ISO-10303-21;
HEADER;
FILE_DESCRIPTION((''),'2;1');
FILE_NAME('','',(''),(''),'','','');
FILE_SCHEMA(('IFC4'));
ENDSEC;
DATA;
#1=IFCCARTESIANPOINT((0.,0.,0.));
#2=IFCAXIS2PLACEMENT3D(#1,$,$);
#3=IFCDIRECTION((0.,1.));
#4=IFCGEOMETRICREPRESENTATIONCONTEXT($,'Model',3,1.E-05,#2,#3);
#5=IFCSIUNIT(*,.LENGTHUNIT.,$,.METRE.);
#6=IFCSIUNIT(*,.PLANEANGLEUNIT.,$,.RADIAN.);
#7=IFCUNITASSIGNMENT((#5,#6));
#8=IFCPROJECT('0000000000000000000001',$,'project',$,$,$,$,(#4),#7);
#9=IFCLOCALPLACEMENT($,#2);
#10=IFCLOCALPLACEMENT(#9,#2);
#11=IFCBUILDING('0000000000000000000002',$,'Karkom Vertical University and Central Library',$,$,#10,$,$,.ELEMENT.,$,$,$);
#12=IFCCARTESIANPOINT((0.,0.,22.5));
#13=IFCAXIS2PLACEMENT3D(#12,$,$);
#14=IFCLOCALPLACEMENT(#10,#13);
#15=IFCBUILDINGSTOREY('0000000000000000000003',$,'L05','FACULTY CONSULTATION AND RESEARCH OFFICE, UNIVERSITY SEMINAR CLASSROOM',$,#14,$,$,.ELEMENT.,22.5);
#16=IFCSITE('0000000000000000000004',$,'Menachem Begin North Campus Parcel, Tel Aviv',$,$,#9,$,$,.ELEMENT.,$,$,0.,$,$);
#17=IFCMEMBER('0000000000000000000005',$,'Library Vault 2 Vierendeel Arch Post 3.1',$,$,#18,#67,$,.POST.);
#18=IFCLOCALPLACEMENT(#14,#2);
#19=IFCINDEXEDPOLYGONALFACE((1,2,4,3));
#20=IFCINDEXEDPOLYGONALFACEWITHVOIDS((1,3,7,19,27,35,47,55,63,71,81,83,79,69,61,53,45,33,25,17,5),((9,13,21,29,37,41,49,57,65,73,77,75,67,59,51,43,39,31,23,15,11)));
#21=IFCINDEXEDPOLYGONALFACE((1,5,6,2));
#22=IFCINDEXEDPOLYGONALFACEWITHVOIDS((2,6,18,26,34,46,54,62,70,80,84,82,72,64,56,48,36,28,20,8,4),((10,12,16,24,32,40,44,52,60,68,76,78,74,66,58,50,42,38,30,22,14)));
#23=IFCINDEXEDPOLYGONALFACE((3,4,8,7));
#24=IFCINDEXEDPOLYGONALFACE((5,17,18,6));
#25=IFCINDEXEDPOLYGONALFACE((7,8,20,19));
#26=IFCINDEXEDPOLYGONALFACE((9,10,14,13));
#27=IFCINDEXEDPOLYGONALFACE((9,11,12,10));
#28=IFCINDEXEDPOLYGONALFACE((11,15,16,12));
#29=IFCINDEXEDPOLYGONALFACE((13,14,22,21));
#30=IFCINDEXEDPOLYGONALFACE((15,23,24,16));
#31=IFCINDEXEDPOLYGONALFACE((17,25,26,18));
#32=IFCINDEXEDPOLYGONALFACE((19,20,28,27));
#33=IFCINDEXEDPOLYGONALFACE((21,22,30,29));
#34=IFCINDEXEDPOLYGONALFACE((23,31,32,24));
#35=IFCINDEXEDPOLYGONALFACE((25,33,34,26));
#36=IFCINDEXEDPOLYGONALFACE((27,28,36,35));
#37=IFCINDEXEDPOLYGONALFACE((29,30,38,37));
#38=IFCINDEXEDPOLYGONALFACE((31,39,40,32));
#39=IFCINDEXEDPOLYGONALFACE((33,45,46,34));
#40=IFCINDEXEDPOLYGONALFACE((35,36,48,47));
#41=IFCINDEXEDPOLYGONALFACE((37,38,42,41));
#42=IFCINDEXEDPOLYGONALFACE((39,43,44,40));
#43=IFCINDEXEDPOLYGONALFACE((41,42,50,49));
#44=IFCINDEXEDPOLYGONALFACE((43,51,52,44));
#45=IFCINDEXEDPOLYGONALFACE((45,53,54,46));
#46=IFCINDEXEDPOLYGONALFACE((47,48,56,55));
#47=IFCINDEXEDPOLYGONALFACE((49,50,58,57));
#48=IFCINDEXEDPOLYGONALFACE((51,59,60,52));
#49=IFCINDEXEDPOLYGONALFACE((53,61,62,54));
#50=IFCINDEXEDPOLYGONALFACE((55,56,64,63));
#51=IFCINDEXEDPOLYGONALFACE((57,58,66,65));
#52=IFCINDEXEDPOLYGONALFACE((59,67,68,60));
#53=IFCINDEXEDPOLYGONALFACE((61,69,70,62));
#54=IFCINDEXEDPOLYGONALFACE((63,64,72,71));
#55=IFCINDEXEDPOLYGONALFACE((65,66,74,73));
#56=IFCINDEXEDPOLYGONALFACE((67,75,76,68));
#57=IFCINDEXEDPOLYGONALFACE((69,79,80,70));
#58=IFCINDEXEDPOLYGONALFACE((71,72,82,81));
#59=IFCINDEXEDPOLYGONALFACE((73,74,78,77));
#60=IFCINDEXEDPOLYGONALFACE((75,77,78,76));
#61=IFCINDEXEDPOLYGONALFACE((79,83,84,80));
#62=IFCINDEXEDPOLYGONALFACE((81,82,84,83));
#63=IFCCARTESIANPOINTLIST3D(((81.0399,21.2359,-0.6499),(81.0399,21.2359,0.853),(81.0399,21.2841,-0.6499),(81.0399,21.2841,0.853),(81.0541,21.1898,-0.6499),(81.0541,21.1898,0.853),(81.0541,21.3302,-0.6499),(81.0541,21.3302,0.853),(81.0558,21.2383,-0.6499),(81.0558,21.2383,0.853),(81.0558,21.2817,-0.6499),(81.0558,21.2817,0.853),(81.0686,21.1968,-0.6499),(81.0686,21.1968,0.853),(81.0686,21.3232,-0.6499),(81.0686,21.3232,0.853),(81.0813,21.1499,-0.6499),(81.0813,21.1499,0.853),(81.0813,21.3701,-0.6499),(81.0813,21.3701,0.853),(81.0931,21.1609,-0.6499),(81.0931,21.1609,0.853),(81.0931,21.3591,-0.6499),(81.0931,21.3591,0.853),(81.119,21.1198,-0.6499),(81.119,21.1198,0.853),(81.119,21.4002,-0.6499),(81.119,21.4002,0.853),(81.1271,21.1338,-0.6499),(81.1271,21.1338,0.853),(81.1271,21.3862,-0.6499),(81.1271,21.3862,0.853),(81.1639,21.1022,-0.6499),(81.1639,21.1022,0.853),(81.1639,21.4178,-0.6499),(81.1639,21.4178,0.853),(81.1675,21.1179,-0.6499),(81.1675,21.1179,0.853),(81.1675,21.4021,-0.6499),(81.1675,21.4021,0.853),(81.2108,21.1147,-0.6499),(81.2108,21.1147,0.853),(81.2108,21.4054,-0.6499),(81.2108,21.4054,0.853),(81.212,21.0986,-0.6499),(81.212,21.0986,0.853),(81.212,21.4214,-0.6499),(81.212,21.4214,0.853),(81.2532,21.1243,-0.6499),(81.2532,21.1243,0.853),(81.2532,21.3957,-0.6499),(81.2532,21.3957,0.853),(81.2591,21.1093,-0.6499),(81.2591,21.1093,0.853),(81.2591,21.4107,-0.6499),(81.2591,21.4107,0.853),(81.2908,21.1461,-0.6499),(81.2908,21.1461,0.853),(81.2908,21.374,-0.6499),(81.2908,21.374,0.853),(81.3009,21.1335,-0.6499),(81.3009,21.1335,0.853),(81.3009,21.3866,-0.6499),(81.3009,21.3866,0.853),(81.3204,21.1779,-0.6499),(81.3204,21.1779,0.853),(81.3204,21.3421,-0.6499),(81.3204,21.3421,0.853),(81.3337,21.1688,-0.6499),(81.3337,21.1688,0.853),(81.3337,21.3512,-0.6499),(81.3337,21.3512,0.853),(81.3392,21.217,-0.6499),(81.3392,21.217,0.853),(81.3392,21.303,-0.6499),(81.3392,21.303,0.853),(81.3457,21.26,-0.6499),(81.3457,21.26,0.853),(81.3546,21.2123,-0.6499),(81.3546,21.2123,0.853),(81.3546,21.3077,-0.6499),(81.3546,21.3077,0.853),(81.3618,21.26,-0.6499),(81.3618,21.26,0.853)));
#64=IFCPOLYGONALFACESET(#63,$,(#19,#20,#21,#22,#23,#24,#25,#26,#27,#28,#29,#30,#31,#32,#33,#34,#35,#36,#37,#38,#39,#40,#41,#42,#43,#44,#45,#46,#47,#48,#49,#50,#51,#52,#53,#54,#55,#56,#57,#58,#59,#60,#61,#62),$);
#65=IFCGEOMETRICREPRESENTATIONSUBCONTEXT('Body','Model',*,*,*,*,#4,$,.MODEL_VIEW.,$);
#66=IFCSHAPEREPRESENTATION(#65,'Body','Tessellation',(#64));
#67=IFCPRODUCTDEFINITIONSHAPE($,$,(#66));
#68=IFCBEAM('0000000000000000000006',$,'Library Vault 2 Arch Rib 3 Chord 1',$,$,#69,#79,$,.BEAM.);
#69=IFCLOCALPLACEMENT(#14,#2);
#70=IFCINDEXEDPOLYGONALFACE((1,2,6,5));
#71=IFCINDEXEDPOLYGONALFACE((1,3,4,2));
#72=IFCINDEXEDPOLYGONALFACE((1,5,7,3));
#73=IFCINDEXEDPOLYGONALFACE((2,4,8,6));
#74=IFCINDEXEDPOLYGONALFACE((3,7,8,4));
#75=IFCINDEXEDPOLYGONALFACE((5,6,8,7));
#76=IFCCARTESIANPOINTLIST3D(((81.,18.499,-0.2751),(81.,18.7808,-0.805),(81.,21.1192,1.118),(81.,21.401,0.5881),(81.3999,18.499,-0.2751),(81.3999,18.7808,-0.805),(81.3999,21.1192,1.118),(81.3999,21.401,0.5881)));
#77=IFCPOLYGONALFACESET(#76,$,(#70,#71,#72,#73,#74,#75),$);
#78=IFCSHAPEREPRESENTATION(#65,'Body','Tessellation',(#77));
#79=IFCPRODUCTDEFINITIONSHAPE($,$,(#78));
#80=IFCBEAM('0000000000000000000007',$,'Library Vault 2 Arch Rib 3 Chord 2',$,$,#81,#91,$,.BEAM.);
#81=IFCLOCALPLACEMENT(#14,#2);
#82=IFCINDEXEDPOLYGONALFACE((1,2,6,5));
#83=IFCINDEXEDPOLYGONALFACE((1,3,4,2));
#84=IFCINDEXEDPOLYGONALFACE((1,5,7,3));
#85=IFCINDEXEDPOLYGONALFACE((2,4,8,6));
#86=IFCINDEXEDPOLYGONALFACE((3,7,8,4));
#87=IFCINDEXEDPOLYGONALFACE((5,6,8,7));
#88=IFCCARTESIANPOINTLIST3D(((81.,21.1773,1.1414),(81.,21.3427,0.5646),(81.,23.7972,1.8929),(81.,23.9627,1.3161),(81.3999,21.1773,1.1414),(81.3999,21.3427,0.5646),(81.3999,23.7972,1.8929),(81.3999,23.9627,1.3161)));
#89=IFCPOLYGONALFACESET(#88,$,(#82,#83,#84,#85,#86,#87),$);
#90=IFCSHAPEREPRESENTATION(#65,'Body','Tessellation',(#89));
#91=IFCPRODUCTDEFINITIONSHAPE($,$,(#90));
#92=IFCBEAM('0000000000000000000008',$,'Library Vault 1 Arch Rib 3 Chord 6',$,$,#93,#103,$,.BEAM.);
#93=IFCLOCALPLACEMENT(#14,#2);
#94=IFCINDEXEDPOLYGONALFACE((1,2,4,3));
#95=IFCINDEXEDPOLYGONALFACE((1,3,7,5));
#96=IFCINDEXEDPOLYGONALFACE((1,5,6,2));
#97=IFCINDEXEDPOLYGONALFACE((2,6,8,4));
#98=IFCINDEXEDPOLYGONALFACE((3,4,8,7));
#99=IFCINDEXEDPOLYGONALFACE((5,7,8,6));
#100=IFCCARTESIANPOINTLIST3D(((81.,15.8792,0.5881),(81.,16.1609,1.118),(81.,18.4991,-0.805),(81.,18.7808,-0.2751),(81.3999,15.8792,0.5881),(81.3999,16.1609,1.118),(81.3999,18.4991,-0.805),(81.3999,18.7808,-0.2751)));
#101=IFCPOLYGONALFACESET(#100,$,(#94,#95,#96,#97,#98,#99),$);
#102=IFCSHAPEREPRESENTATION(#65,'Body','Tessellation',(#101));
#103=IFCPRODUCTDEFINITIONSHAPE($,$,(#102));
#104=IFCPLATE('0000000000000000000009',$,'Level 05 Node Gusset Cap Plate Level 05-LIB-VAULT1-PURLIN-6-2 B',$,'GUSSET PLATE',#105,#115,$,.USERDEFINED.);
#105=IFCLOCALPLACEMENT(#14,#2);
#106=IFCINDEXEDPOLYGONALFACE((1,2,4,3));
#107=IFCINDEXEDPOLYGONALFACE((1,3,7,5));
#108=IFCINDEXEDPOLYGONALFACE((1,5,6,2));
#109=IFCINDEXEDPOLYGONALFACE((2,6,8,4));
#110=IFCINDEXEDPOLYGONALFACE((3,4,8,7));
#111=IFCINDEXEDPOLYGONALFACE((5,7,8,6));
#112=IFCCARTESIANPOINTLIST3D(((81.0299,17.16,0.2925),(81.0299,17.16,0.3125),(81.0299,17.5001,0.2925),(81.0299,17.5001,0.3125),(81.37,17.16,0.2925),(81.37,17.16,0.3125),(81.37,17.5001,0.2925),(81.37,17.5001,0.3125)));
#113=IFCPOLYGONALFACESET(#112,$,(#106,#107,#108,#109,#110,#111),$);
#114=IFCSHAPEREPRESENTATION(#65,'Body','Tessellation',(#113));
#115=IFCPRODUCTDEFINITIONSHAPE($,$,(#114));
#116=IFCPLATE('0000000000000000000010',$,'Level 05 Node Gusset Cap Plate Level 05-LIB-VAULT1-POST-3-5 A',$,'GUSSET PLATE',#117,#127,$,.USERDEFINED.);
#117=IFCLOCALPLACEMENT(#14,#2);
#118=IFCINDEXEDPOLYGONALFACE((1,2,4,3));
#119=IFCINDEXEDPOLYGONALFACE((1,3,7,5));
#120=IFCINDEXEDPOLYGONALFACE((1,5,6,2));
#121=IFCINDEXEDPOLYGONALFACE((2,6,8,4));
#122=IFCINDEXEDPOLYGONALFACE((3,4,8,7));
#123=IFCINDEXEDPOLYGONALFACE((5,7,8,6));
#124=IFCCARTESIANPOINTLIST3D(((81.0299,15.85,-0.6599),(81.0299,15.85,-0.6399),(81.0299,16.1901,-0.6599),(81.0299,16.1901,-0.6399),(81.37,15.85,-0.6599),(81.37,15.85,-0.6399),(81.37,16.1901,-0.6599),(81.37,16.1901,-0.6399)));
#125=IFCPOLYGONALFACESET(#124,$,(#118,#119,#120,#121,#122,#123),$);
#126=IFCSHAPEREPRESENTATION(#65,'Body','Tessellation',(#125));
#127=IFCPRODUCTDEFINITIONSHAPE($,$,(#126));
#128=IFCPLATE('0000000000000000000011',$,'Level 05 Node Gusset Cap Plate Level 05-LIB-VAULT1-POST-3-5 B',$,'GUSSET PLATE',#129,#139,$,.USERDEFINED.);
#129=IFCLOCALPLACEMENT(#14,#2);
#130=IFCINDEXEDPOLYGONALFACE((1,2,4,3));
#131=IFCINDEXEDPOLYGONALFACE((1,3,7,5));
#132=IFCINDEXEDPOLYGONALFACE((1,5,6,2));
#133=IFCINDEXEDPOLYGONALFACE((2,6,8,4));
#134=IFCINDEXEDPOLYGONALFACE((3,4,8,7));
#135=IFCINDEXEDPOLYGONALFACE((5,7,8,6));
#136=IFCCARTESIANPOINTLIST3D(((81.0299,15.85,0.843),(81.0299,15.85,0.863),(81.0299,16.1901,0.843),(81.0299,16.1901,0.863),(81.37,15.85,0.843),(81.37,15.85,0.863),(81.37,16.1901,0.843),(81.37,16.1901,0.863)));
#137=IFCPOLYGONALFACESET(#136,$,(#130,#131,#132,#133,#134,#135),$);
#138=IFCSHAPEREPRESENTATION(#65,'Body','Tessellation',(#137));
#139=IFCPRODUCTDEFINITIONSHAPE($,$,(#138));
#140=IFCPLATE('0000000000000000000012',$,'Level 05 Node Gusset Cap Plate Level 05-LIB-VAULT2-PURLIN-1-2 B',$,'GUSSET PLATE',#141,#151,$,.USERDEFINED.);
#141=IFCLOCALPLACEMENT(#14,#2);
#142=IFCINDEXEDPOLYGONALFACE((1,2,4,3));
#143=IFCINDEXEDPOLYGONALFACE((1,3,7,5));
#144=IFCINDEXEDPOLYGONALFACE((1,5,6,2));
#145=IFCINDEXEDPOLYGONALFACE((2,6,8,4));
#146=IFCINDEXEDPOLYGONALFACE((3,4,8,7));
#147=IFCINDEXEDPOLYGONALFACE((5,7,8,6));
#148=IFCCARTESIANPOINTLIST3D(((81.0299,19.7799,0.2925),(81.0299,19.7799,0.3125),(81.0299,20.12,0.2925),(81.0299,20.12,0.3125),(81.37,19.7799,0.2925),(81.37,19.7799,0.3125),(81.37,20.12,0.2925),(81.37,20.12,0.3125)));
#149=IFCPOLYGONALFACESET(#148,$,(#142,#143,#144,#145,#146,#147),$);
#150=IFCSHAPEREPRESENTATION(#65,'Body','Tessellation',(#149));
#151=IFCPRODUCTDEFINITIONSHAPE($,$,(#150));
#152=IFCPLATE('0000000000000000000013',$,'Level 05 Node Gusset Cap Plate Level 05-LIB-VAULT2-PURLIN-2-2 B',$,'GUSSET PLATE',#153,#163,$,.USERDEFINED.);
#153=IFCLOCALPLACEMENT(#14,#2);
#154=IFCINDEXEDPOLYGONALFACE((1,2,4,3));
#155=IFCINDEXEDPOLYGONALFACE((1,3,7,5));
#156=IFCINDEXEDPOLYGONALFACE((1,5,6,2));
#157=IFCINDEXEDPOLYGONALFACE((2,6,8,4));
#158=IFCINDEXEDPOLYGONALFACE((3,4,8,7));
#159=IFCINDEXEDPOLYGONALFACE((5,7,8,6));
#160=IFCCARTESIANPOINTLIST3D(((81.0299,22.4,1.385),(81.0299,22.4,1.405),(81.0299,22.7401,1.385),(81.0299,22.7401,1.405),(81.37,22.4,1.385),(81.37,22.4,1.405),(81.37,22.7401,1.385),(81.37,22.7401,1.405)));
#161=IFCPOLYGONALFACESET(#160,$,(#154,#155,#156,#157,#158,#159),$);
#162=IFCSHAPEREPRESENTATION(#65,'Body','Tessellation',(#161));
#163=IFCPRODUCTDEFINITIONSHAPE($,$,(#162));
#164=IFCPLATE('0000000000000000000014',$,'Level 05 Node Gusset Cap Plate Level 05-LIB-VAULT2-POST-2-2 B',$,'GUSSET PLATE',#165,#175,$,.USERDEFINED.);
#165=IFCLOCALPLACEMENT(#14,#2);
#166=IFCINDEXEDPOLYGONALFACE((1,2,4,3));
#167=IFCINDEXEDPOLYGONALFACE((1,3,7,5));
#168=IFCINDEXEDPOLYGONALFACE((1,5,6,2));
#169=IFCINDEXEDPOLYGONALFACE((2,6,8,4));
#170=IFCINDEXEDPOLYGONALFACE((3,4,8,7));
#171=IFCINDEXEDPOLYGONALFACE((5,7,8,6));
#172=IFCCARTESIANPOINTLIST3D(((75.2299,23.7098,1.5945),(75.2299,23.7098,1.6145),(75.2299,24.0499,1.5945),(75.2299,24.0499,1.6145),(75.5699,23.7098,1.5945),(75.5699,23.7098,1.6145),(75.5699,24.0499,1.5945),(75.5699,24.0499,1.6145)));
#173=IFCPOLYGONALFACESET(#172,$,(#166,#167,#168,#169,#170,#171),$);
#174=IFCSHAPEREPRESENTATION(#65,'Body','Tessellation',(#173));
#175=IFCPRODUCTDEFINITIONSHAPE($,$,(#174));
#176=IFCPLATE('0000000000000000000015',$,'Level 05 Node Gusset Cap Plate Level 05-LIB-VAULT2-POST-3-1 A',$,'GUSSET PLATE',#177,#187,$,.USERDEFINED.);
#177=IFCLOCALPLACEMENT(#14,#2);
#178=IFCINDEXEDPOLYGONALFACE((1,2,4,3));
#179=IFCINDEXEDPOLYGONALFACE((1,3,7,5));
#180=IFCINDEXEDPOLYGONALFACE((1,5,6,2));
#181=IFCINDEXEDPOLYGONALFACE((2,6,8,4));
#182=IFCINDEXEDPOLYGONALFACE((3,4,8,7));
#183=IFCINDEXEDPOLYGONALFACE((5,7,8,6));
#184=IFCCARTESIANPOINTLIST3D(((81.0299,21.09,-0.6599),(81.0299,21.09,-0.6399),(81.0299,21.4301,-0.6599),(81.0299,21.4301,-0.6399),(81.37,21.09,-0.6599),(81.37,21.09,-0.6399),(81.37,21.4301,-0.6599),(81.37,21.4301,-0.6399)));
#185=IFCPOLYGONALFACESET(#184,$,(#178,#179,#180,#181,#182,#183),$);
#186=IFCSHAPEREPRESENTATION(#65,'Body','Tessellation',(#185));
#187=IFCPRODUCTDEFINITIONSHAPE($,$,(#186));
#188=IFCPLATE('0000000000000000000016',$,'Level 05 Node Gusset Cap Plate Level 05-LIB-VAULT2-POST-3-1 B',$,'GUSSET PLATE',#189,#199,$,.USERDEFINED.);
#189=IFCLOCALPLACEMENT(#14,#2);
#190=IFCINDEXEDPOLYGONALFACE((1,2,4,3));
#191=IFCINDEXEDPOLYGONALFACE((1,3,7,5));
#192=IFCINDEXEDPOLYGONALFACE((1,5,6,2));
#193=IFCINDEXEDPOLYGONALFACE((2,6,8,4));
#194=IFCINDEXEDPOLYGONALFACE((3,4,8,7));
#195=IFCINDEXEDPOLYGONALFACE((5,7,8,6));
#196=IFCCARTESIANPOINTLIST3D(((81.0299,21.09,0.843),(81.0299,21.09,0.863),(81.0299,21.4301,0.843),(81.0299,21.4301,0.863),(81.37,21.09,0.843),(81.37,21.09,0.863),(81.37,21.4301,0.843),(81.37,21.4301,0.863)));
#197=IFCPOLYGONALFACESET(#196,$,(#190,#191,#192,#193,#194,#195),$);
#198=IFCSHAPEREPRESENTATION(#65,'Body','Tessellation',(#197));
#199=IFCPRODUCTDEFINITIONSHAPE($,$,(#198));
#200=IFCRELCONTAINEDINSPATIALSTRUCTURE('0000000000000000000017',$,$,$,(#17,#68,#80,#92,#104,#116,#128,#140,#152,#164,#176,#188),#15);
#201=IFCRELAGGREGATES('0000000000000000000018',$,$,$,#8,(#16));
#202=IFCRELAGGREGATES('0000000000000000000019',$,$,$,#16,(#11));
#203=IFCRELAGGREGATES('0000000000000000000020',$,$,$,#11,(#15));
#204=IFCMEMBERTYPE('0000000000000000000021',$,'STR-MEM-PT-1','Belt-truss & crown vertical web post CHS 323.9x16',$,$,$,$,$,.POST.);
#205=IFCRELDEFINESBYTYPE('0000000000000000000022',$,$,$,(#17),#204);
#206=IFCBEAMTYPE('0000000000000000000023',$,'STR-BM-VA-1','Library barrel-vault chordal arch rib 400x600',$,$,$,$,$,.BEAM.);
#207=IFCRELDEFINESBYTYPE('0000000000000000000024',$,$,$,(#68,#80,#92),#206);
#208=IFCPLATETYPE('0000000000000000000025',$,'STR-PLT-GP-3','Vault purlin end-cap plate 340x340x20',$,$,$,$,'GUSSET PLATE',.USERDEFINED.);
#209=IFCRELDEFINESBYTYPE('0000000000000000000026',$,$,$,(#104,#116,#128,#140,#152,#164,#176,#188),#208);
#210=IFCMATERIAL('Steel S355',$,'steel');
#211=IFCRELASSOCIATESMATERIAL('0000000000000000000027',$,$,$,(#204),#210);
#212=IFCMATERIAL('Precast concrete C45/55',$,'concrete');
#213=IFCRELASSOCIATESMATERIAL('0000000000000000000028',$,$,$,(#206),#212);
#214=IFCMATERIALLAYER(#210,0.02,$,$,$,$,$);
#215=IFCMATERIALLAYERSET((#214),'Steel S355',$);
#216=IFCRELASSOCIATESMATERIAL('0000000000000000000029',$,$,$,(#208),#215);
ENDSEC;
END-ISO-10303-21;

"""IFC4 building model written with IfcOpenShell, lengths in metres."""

from ifc_helpers import new_model, si_unit, direction, frame, origin, origin_with_axes, origin_2d, place, context, subcontext, project, spatial, rectangle, hollow_circle, extrude, source, transform, mapped, material, layer, layer_set, material_profile, profile_set, type_object, element, save


model = new_model("IFC4")

# Units and contexts
model_context = context("Model", 3, precision=1e-05, world=origin(), true_north=direction((0.0, 1.0)))
body_context = subcontext(model_context, "Body", "Model", "MODEL_VIEW")
ifc_project = project(units=[si_unit("LENGTHUNIT", "METRE"), si_unit("PLANEANGLEUNIT", "RADIAN")], contexts=[model_context])

# Site, building, storey
site_placement = place(None, origin())
site = spatial("IfcSite", under=ifc_project, at=site_placement, Name="Menachem Begin North Campus Parcel, Tel Aviv", CompositionType="ELEMENT", RefElevation=0.0)
building_placement = place(site_placement, origin())
building = spatial("IfcBuilding", under=site, at=building_placement, Name="Karkom Vertical University and Central Library", CompositionType="ELEMENT")
storey_placement = place(building_placement, frame((0.0, 0.0, 22.5)))
storey = spatial("IfcBuildingStorey", under=building, at=storey_placement, Name="L05", Description="FACULTY CONSULTATION AND RESEARCH OFFICE, UNIVERSITY SEMINAR CLASSROOM", CompositionType="ELEMENT", Elevation=22.5)

# Member
ifc_material_1 = material(Name="Steel S355", Category="steel")
ifc_material_profile_1 = material_profile(ifc_material_1, hollow_circle(Radius=0.1619, WallThickness=0.0161, at=origin_2d()), Name="CHS 323.9x16")
ifc_profile_set_1 = profile_set([ifc_material_profile_1], Name="Steel S355")
member_type = type_object("IfcMemberType", Name="STR-MEM-PT-1", Description="Belt-truss & crown vertical web post CHS 323.9x16", PredefinedType="POST", material=ifc_profile_set_1)
shared_shape_1 = source(origin_with_axes(), body_context, "Body", "SweptSolid", [
    extrude(hollow_circle(Radius=0.1619, WallThickness=0.0161, at=origin_2d()), origin(), (0.0, 0.0, 1.0), 1.5029),
])
member_placement = place(storey_placement, frame((81.2, 21.26, -0.6499), z_axis=(0.0, 0.0, 1.0), x_axis=(1.0, 0.0, 0.0)))
element("IfcMember", 1, at=member_placement, inside=storey, type_object=member_type, Name="Library Vault 2 Vierendeel Arch Post 3.1", PredefinedType="POST", context=body_context, shape_type="MappedRepresentation", body=[
    mapped(shared_shape_1, transform((0.0, 0.0, 0.0), scale=1.0)),
])

# Beams
ifc_material_2 = material(Name="Precast concrete C45/55", Category="concrete")
ifc_material_profile_2 = material_profile(ifc_material_2, rectangle(XDim=0.3999, YDim=0.6001, at=origin_2d()), Name="RCB-400x600")
ifc_profile_set_2 = profile_set([ifc_material_profile_2], Name="Precast concrete C45/55")
beam_type = type_object("IfcBeamType", Name="STR-BM-VA-1", Description="Library barrel-vault chordal arch rib 400x600", PredefinedType="BEAM", material=ifc_profile_set_2)
shared_shape_2 = source(origin_with_axes(), body_context, "Body", "SweptSolid", [
    extrude(rectangle(XDim=0.3999, YDim=0.6001, at=origin_2d()), origin(), (0.0, 0.0, 1.0), 2.9675),
])
beam_1_placement = place(storey_placement, frame((81.2, 18.6399, -0.54), z_axis=(0.0, 0.882958, 0.469452), x_axis=(-1.0, 0.0, 0.0)))
element("IfcBeam", 2, at=beam_1_placement, inside=storey, type_object=beam_type, Name="Library Vault 2 Arch Rib 3 Chord 1", PredefinedType="BEAM", context=body_context, shape_type="MappedRepresentation", body=[
    mapped(shared_shape_2, transform((0.0, 0.0, 0.0), scale=1.0)),
])
shared_shape_3 = source(origin_with_axes(), body_context, "Body", "SweptSolid", [
    extrude(rectangle(XDim=0.3999, YDim=0.6001, at=origin_2d()), origin(), (0.0, 0.0, 1.0), 2.7256),
])
beam_2_placement = place(storey_placement, frame((81.2, 21.26, 0.853), z_axis=(0.0, 0.961239, 0.275715), x_axis=(-1.0, 0.0, 0.0)))
element("IfcBeam", 3, at=beam_2_placement, inside=storey, type_object=beam_type, Name="Library Vault 2 Arch Rib 3 Chord 2", PredefinedType="BEAM", context=body_context, shape_type="MappedRepresentation", body=[
    mapped(shared_shape_3, transform((0.0, 0.0, 0.0), scale=1.0)),
])
shared_shape_4 = source(origin_with_axes(), body_context, "Body", "SweptSolid", [
    extrude(rectangle(XDim=0.3999, YDim=0.6001, at=origin_2d()), origin(), (0.0, 0.0, 1.0), 2.9673),
])
beam_3_placement = place(storey_placement, frame((81.2, 16.02, 0.853), z_axis=(0.0, 0.88294, -0.469486), x_axis=(-1.0, 0.0, 0.0)))
element("IfcBeam", 4, at=beam_3_placement, inside=storey, type_object=beam_type, Name="Library Vault 1 Arch Rib 3 Chord 6", PredefinedType="BEAM", context=body_context, shape_type="MappedRepresentation", body=[
    mapped(shared_shape_4, transform((0.0, 0.0, 0.0), scale=1.0)),
])

# Plates
ifc_layer_1 = layer(ifc_material_1, 0.02)
ifc_layer_set_1 = layer_set([ifc_layer_1], Name="Steel S355")
plate_type = type_object("IfcPlateType", Name="STR-PLT-GP-3", Description="Vault purlin end-cap plate 340x340x20", ElementType="GUSSET PLATE", PredefinedType="USERDEFINED", material=ifc_layer_set_1)
shared_shape_5 = source(origin_with_axes(), body_context, "Body", "SweptSolid", [
    extrude(rectangle(XDim=0.3401, YDim=0.3401, at=origin_2d()), origin(), (0.0, 0.0, 1.0), 0.02),
])
for number, where, z_axis, x_axis, name in (
    (5, (81.2, 17.3301, 0.2925), (0.0, 0.0, 1.0), (1.0, 0.0, 0.0), "Level 05 Node Gusset Cap Plate Level 05-LIB-VAULT1-PURLIN-6-2 B"),
    (6, (81.2, 16.02, -0.6599), (0.0, 0.0, 1.0), (1.0, 0.0, 0.0), "Level 05 Node Gusset Cap Plate Level 05-LIB-VAULT1-POST-3-5 A"),
    (7, (81.2, 16.02, 0.843), (0.0, 0.0, 1.0), (1.0, 0.0, 0.0), "Level 05 Node Gusset Cap Plate Level 05-LIB-VAULT1-POST-3-5 B"),
    (8, (81.2, 19.95, 0.2925), (0.0, 0.0, 1.0), (1.0, 0.0, 0.0), "Level 05 Node Gusset Cap Plate Level 05-LIB-VAULT2-PURLIN-1-2 B"),
    (9, (81.2, 22.5701, 1.385), (0.0, 0.0, 1.0), (1.0, 0.0, 0.0), "Level 05 Node Gusset Cap Plate Level 05-LIB-VAULT2-PURLIN-2-2 B"),
    (10, (75.3999, 23.8799, 1.5945), (0.0, 0.0, 1.0), (1.0, 0.0, 0.0), "Level 05 Node Gusset Cap Plate Level 05-LIB-VAULT2-POST-2-2 B"),
    (11, (81.2, 21.26, -0.6599), (0.0, 0.0, 1.0), (1.0, 0.0, 0.0), "Level 05 Node Gusset Cap Plate Level 05-LIB-VAULT2-POST-3-1 A"),
    (12, (81.2, 21.26, 0.843), (0.0, 0.0, 1.0), (1.0, 0.0, 0.0), "Level 05 Node Gusset Cap Plate Level 05-LIB-VAULT2-POST-3-1 B"),
):
    element("IfcPlate", number, at=place(storey_placement, frame(where, z_axis=z_axis, x_axis=x_axis)), inside=storey, type_object=plate_type, Name=name, ObjectType="GUSSET PLATE", PredefinedType="USERDEFINED", context=body_context, shape_type="MappedRepresentation", body=[
        mapped(shared_shape_5, transform((0.0, 0.0, 0.0), scale=1.0)),
    ])

save(model, "model.ifc")
